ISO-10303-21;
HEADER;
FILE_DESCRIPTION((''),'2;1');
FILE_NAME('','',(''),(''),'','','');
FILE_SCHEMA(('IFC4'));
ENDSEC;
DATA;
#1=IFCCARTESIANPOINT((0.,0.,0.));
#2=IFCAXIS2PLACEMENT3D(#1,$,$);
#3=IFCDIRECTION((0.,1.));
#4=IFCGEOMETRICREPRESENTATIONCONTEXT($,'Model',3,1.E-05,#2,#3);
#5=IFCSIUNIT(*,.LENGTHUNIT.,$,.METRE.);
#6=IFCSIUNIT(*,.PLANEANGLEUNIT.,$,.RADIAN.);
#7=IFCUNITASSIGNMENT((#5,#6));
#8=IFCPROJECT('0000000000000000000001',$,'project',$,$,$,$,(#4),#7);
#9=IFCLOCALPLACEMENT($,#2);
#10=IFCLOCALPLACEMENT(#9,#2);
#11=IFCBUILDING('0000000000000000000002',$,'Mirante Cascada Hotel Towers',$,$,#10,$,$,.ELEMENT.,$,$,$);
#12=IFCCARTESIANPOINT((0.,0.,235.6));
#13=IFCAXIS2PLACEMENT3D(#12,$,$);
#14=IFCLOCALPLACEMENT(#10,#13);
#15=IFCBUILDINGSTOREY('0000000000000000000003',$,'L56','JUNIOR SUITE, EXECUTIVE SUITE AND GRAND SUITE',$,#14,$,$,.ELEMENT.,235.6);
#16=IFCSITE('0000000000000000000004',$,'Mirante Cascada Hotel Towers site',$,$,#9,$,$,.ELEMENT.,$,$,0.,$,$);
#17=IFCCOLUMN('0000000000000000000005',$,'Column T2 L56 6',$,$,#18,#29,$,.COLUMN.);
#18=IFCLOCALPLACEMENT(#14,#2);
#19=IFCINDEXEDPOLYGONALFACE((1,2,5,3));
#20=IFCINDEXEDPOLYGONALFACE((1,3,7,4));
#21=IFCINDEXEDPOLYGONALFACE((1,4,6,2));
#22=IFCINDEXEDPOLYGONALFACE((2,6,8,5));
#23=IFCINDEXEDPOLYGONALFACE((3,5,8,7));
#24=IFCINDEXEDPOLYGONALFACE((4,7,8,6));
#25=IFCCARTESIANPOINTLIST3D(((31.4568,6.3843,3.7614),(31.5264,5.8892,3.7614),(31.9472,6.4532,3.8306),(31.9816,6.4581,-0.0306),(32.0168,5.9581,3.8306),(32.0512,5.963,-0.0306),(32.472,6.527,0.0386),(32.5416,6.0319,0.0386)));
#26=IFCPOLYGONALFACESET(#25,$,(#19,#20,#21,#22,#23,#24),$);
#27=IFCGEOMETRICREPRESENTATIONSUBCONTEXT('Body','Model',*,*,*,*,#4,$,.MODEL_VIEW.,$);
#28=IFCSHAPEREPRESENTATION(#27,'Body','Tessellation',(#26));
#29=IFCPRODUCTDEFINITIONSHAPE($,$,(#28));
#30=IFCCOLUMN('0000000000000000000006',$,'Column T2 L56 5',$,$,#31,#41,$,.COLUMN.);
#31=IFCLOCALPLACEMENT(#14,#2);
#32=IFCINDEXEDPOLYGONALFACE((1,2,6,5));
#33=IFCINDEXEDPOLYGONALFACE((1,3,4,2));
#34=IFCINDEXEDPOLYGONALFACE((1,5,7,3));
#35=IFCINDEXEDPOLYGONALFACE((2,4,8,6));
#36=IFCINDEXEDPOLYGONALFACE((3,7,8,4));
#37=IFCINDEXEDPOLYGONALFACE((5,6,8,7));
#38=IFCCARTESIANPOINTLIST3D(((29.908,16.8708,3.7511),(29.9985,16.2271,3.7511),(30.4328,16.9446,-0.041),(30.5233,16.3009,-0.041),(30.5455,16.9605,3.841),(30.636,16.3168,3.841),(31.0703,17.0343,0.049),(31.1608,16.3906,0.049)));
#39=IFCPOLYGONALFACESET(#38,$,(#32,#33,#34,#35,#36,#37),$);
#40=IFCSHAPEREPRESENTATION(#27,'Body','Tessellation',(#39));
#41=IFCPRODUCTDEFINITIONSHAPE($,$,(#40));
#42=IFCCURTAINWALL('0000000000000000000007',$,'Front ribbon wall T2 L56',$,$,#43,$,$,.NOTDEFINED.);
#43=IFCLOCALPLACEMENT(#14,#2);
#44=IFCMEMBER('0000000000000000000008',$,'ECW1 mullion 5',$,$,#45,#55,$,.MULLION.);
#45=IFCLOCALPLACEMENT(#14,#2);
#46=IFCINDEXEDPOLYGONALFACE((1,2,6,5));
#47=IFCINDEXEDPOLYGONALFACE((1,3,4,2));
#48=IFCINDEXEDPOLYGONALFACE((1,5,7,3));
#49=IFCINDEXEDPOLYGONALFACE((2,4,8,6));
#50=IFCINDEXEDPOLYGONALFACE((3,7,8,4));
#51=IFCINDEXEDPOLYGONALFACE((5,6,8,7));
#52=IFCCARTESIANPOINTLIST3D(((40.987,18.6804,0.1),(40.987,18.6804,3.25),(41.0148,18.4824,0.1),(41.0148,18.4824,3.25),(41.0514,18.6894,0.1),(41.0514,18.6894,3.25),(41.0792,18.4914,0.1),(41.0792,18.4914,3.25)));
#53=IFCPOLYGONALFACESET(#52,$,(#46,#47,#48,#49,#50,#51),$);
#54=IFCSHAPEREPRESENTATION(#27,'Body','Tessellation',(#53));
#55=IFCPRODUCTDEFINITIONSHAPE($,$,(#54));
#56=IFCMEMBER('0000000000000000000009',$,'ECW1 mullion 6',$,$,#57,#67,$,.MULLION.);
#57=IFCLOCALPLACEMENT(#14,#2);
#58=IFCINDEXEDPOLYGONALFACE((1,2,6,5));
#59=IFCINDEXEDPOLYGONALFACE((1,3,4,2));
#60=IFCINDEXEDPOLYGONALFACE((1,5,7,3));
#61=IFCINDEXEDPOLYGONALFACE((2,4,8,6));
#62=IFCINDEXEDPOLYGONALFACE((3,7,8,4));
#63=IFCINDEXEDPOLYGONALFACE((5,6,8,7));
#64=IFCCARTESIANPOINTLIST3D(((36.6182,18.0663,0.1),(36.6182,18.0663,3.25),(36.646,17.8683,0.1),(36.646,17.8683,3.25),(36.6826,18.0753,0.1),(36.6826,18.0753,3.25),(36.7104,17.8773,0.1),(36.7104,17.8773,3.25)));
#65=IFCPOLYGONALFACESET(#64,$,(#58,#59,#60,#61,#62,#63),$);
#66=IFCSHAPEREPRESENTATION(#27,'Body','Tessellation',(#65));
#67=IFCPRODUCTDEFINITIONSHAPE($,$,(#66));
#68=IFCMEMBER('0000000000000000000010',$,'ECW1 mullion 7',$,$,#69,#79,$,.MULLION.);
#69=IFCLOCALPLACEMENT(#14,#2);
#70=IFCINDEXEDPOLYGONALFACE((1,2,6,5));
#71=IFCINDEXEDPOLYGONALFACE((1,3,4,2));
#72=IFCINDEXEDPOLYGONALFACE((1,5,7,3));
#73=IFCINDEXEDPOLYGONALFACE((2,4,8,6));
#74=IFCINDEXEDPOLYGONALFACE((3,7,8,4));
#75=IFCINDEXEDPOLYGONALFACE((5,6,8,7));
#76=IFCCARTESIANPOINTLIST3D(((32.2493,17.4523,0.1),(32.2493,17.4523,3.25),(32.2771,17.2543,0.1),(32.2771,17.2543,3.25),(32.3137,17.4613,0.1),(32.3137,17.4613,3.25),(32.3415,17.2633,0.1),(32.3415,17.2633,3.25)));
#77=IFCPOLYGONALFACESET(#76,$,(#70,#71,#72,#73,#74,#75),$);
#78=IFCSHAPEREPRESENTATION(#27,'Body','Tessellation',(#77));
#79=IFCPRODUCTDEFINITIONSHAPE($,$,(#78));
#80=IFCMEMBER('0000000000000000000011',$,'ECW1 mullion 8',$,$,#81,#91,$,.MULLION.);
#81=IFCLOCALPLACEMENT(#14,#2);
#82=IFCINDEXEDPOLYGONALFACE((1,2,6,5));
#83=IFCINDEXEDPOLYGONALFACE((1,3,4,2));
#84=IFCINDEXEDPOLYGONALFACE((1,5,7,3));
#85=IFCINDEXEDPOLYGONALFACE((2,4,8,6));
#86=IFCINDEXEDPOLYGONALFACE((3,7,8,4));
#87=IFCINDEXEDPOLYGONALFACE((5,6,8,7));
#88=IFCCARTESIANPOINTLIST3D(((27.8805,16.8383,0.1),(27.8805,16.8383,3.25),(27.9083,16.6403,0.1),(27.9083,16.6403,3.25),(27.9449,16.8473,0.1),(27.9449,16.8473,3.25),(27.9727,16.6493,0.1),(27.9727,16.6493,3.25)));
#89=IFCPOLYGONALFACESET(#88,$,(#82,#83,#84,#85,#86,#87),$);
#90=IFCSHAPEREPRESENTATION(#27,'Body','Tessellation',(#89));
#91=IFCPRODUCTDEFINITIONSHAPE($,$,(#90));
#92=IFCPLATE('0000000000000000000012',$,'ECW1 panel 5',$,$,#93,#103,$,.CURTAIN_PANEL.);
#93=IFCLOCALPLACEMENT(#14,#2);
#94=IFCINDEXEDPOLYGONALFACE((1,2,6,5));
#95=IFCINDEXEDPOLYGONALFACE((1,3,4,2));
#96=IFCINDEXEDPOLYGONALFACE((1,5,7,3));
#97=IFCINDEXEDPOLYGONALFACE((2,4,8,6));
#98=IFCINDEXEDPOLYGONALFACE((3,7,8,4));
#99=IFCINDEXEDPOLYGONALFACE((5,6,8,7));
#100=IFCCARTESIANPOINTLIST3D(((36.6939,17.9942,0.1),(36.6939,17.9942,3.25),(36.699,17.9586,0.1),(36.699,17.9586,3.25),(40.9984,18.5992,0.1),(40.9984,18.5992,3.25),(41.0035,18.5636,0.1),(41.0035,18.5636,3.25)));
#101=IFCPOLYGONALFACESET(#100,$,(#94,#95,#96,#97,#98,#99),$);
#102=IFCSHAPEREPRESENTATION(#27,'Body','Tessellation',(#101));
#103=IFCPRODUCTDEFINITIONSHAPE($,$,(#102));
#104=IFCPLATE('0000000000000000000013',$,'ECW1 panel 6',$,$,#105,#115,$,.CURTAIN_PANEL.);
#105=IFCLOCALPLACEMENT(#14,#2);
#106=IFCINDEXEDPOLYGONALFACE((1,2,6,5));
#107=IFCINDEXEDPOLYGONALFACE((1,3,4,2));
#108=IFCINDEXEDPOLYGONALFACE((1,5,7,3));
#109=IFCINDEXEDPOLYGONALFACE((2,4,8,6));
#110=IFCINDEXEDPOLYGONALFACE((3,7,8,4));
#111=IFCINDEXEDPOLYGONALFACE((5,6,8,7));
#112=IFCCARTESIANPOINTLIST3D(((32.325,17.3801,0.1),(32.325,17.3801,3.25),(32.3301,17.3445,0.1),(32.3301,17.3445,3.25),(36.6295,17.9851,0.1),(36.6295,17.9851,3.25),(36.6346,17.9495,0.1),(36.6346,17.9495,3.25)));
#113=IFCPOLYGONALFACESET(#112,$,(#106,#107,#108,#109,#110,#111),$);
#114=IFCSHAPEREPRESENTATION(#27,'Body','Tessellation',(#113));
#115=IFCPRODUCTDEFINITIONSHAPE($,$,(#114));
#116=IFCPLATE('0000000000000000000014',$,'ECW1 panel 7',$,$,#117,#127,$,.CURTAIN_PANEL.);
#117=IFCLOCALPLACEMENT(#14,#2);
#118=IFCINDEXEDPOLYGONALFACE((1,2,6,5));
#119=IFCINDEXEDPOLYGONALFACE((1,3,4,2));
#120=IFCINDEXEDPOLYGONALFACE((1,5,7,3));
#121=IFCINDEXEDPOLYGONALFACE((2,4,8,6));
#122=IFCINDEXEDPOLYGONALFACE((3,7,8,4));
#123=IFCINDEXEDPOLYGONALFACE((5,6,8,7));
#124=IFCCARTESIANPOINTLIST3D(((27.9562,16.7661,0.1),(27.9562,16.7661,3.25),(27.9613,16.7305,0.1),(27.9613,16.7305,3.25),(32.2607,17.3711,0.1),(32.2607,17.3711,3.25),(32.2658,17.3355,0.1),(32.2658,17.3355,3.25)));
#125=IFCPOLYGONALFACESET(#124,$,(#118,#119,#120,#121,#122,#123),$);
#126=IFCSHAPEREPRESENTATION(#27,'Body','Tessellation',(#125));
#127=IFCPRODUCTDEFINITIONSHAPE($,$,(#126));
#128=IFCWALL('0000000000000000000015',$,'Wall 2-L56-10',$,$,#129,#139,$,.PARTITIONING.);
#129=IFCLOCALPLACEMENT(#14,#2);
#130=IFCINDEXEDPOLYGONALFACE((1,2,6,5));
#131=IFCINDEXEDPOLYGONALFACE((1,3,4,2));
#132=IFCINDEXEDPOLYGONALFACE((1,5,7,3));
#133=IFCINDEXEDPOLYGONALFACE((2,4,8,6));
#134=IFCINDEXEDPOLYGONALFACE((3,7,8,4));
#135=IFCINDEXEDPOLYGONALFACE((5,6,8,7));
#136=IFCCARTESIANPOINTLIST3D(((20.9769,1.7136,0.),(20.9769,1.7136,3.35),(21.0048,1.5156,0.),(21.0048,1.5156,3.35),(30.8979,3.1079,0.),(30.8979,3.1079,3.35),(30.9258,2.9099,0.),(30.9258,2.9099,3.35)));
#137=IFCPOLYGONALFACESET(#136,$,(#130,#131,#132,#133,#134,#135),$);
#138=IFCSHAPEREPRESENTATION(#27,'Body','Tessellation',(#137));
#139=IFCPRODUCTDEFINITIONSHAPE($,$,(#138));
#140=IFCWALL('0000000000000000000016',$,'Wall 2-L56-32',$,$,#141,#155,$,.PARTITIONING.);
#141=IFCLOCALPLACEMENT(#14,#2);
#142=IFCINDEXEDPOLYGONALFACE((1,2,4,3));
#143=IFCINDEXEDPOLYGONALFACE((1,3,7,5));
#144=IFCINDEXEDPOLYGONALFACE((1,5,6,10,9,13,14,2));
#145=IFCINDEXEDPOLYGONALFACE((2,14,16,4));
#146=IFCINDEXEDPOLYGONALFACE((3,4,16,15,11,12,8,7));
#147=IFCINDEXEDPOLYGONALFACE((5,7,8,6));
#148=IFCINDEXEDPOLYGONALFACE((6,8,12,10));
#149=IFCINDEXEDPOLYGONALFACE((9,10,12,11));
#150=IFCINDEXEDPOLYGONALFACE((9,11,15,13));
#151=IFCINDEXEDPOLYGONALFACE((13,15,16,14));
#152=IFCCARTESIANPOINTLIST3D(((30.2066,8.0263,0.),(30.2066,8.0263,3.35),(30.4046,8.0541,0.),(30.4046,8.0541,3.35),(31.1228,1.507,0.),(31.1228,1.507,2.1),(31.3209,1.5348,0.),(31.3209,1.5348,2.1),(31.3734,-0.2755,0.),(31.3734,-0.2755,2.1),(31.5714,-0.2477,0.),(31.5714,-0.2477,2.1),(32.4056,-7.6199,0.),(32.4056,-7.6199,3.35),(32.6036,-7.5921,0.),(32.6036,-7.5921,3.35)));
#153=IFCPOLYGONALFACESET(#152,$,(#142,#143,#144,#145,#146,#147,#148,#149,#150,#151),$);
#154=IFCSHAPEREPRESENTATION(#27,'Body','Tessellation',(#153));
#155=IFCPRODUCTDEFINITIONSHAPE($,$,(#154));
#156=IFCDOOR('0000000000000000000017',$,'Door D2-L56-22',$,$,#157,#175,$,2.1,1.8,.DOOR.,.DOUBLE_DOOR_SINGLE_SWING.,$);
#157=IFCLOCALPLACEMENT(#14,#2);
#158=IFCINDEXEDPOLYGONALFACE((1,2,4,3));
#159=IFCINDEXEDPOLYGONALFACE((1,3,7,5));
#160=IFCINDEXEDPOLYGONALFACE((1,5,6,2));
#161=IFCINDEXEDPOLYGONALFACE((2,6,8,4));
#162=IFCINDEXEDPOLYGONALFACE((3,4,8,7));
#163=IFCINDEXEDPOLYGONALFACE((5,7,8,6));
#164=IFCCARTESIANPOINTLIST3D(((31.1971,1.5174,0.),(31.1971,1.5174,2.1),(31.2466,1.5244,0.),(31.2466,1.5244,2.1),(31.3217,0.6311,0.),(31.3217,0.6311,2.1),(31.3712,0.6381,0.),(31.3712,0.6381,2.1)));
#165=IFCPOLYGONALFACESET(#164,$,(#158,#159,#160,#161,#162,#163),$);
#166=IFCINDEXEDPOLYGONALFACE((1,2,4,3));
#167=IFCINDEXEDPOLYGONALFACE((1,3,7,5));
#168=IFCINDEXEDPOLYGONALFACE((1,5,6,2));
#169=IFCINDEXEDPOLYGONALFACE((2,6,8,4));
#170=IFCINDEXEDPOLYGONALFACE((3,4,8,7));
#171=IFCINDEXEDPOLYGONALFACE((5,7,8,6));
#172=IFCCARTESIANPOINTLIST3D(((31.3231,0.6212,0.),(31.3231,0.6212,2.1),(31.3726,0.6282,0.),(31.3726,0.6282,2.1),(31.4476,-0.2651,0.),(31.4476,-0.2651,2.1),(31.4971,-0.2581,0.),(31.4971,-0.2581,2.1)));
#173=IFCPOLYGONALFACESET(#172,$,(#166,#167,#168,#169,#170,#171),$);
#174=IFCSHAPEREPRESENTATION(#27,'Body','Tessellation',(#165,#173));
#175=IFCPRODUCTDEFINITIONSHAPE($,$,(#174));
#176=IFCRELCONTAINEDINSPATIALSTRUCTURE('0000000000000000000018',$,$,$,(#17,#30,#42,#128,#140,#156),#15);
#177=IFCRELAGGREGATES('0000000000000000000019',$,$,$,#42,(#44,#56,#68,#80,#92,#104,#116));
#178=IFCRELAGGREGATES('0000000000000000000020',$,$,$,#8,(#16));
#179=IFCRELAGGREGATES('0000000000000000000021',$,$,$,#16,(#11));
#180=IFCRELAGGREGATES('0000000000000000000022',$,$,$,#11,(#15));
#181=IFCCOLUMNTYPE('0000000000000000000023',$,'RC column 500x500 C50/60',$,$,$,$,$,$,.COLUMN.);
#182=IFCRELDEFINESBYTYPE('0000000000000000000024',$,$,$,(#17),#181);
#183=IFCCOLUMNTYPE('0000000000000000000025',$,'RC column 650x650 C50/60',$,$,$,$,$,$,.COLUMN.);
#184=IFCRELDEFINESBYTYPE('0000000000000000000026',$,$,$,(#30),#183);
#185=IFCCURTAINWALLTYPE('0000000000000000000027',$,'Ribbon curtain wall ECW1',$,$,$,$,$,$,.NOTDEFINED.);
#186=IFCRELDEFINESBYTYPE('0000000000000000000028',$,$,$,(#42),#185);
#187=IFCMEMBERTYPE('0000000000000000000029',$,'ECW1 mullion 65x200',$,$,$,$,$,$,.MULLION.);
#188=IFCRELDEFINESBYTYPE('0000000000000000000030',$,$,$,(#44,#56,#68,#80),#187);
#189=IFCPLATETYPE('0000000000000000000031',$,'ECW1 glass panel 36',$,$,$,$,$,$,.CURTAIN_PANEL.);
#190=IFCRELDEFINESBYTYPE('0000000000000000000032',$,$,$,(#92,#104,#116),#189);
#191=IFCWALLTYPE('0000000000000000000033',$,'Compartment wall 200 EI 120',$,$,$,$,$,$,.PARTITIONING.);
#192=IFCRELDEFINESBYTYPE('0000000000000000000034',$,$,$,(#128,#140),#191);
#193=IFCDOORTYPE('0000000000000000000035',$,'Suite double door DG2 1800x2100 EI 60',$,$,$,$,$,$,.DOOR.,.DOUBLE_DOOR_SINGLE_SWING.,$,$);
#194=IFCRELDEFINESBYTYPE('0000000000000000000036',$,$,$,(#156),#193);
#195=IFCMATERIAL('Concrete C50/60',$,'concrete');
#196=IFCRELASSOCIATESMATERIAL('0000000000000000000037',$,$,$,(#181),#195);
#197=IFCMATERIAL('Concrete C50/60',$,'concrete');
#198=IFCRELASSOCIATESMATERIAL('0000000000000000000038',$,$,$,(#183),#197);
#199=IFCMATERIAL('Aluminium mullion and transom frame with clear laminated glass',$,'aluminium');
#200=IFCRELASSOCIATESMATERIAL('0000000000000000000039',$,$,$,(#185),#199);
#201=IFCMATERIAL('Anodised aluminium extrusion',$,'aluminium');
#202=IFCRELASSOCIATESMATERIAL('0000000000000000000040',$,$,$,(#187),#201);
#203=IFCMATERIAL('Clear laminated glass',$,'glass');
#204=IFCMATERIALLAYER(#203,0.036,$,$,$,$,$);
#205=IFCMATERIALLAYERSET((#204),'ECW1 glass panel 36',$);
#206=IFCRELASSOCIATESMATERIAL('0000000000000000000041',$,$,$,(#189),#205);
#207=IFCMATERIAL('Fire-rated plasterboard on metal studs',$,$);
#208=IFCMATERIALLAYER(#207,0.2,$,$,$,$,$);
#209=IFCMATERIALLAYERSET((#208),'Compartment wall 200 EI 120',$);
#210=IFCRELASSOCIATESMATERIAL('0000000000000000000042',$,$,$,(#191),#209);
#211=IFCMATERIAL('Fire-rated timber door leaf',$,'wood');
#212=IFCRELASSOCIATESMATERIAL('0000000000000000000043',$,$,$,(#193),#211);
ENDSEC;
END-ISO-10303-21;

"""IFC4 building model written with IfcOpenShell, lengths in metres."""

from ifc_helpers import new_model, si_unit, direction, frame, frame_2d, origin, origin_2d, place, context, subcontext, project, spatial, rectangle, extrude, material, layer, layer_set, material_profile, profile_set, type_object, element, fill, aggregate, save


model = new_model("IFC4")

# Units and contexts
model_context = context("Model", 3, precision=1e-05, world=origin(), true_north=direction((0.0, 1.0)))
body_context = subcontext(model_context, "Body", "Model", "MODEL_VIEW")
ifc_project = project(units=[si_unit("LENGTHUNIT", "METRE"), si_unit("PLANEANGLEUNIT", "RADIAN")], contexts=[model_context])

# Site, building, storey
site_placement = place(None, origin())
site = spatial("IfcSite", under=ifc_project, at=site_placement, Name="Mirante Cascada Hotel Towers site", CompositionType="ELEMENT", RefElevation=0.0)
building_placement = place(site_placement, origin())
building = spatial("IfcBuilding", under=site, at=building_placement, Name="Mirante Cascada Hotel Towers", CompositionType="ELEMENT")
storey_placement = place(building_placement, frame((0.0, 0.0, 235.6)))
storey = spatial("IfcBuildingStorey", under=building, at=storey_placement, Name="L56", Description="JUNIOR SUITE, EXECUTIVE SUITE AND GRAND SUITE", CompositionType="ELEMENT", Elevation=235.6)

# Columns
ifc_material_1 = material(Name="Concrete C50/60", Category="concrete")
ifc_material_profile_1 = material_profile(ifc_material_1, rectangle(XDim=0.5, YDim=0.5, at=origin_2d()), Name="RC column 500x500 C50/60")
ifc_profile_set_1 = profile_set([ifc_material_profile_1], Name="Concrete C50/60")
column_type_1 = type_object("IfcColumnType", Name="RC column 500x500 C50/60", PredefinedType="COLUMN", material=ifc_profile_set_1)
column_1_placement = place(storey_placement, frame((32.2616, 6.245, 0.004), z_axis=(-0.137065, -0.019275, 0.990375), x_axis=(0.139255, -0.990257, 0.0)))
element("IfcColumn", 1, at=column_1_placement, inside=storey, type_object=column_type_1, Name="Column T2 L56 6", PredefinedType="COLUMN", context=body_context, shape_type="SweptSolid", body=[
    extrude(rectangle(XDim=0.5, YDim=0.5, at=origin_2d()), origin(), (0.0, 0.0, 1.0), 3.8289),
])
ifc_material_2 = material(Name="Concrete C50/60", Category="concrete")
ifc_material_profile_2 = material_profile(ifc_material_2, rectangle(XDim=0.65, YDim=0.65, at=origin_2d()), Name="RC column 650x650 C50/60")
ifc_profile_set_2 = profile_set([ifc_material_profile_2], Name="Concrete C50/60")
column_type_2 = type_object("IfcColumnType", Name="RC column 650x650 C50/60", PredefinedType="COLUMN", material=ifc_profile_set_2)
column_2_placement = place(storey_placement, frame((30.7968, 16.6676, 0.004), z_axis=(-0.137065, -0.019275, 0.990375), x_axis=(0.139255, -0.990257, 0.0)))
element("IfcColumn", 2, at=column_2_placement, inside=storey, type_object=column_type_2, Name="Column T2 L56 5", PredefinedType="COLUMN", context=body_context, shape_type="SweptSolid", body=[
    extrude(rectangle(XDim=0.65, YDim=0.65, at=origin_2d()), origin(), (0.0, 0.0, 1.0), 3.8289),
])

# Curtain wall, members, plates
ifc_material_3 = material(Name="Aluminium mullion and transom frame with clear laminated glass", Category="aluminium")
curtain_wall_type = type_object("IfcCurtainWallType", Name="Ribbon curtain wall ECW1", PredefinedType="NOTDEFINED", material=ifc_material_3)
curtain_wall_placement = place(storey_placement, origin())
curtain_wall = element("IfcCurtainWall", 3, at=curtain_wall_placement, inside=storey, type_object=curtain_wall_type, Name="Front ribbon wall T2 L56", PredefinedType="NOTDEFINED")
ifc_material_4 = material(Name="Anodised aluminium extrusion", Category="aluminium")
ifc_material_profile_3 = material_profile(ifc_material_4, rectangle(XDim=0.2, YDim=0.065, at=origin_2d()), Name="ECW1 MULLION 65x200")
ifc_profile_set_3 = profile_set([ifc_material_profile_3], Name="Anodised aluminium extrusion")
member_type = type_object("IfcMemberType", Name="ECW1 mullion 65x200", PredefinedType="MULLION", material=ifc_profile_set_3)
member_1_placement = place(storey_placement, frame((41.0331, 18.5859, 0.1), z_axis=(0.0, 0.0, 1.0), x_axis=(0.139173, -0.990268, 0.0)))
member_1 = element("IfcMember", 4, at=member_1_placement, type_object=member_type, Name="ECW1 mullion 5", PredefinedType="MULLION", context=body_context, shape_type="SweptSolid", body=[
    extrude(rectangle(XDim=0.2, YDim=0.065, at=origin_2d()), origin(), (0.0, 0.0, 1.0), 3.15),
])
member_2_placement = place(storey_placement, frame((36.6643, 17.9718, 0.1), z_axis=(0.0, 0.0, 1.0), x_axis=(0.139173, -0.990268, 0.0)))
member_2 = element("IfcMember", 5, at=member_2_placement, type_object=member_type, Name="ECW1 mullion 6", PredefinedType="MULLION", context=body_context, shape_type="SweptSolid", body=[
    extrude(rectangle(XDim=0.2, YDim=0.065, at=origin_2d()), origin(), (0.0, 0.0, 1.0), 3.15),
])
member_3_placement = place(storey_placement, frame((32.2954, 17.3578, 0.1), z_axis=(0.0, 0.0, 1.0), x_axis=(0.139173, -0.990268, 0.0)))
member_3 = element("IfcMember", 6, at=member_3_placement, type_object=member_type, Name="ECW1 mullion 7", PredefinedType="MULLION", context=body_context, shape_type="SweptSolid", body=[
    extrude(rectangle(XDim=0.2, YDim=0.065, at=origin_2d()), origin(), (0.0, 0.0, 1.0), 3.15),
])
member_4_placement = place(storey_placement, frame((27.9266, 16.7438, 0.1), z_axis=(0.0, 0.0, 1.0), x_axis=(0.139173, -0.990268, 0.0)))
member_4 = element("IfcMember", 7, at=member_4_placement, type_object=member_type, Name="ECW1 mullion 8", PredefinedType="MULLION", context=body_context, shape_type="SweptSolid", body=[
    extrude(rectangle(XDim=0.2, YDim=0.065, at=origin_2d()), origin(), (0.0, 0.0, 1.0), 3.15),
])
ifc_material_5 = material(Name="Clear laminated glass", Category="glass")
ifc_layer_1 = layer(ifc_material_5, 0.036)
ifc_layer_set_1 = layer_set([ifc_layer_1], Name="ECW1 glass panel 36")
plate_type = type_object("IfcPlateType", Name="ECW1 glass panel 36", PredefinedType="CURTAIN_PANEL", material=ifc_layer_set_1)
plate_1_placement = place(storey_placement, frame((38.8487, 18.2789, 0.1), z_axis=(0.0, 0.0, 1.0), x_axis=(-0.990268, -0.139173, 0.0)))
plate_1 = element("IfcPlate", 8, at=plate_1_placement, type_object=plate_type, Name="ECW1 panel 5", PredefinedType="CURTAIN_PANEL", context=body_context, shape_type="SweptSolid", body=[
    extrude(rectangle(XDim=4.3468, YDim=0.036, at=origin_2d()), origin(), (0.0, 0.0, 1.0), 3.15),
])
plate_2_placement = place(storey_placement, frame((34.4798, 17.6648, 0.1), z_axis=(0.0, 0.0, 1.0), x_axis=(-0.990268, -0.139173, 0.0)))
plate_2 = element("IfcPlate", 9, at=plate_2_placement, type_object=plate_type, Name="ECW1 panel 6", PredefinedType="CURTAIN_PANEL", context=body_context, shape_type="SweptSolid", body=[
    extrude(rectangle(XDim=4.3468, YDim=0.036, at=origin_2d()), origin(), (0.0, 0.0, 1.0), 3.15),
])
plate_3_placement = place(storey_placement, frame((30.111, 17.0508, 0.1), z_axis=(0.0, 0.0, 1.0), x_axis=(-0.990268, -0.139173, 0.0)))
plate_3 = element("IfcPlate", 10, at=plate_3_placement, type_object=plate_type, Name="ECW1 panel 7", PredefinedType="CURTAIN_PANEL", context=body_context, shape_type="SweptSolid", body=[
    extrude(rectangle(XDim=4.3468, YDim=0.036, at=origin_2d()), origin(), (0.0, 0.0, 1.0), 3.15),
])
aggregate(curtain_wall, [member_1, member_2, member_3, member_4, plate_1, plate_2, plate_3])

# Wall
ifc_material_6 = material(Name="Fire-rated plasterboard on metal studs")
ifc_layer_2 = layer(ifc_material_6, 0.2)
ifc_layer_set_2 = layer_set([ifc_layer_2], Name="Compartment wall 200 EI 120")
wall_type_1 = type_object("IfcWallType", Name="Compartment wall 200 EI 120", PredefinedType="PARTITIONING", material=ifc_layer_set_2)
wall_1_placement = place(storey_placement, frame((30.9118, 3.0089, 0.0), z_axis=(0.0, 0.0, 1.0), x_axis=(-0.990268, -0.139173, 0.0)))
element("IfcWall", 11, at=wall_1_placement, inside=storey, type_object=wall_type_1, Name="Wall 2-L56-10", PredefinedType="PARTITIONING", context=body_context, shape_type="SweptSolid", body=[
    extrude(rectangle(XDim=10.0185, YDim=0.2, at=frame_2d((5.0092, 0.0))), origin(), (0.0, 0.0, 1.0), 3.35),
])

# Wall, opening, door
wall_2_placement = place(storey_placement, frame((30.3056, 8.0402, 0.0), z_axis=(0.0, 0.0, 1.0), x_axis=(0.139177, -0.990267, 0.0)))
wall_2 = element("IfcWall", 12, at=wall_2_placement, inside=storey, type_object=wall_type_1, Name="Wall 2-L56-32", PredefinedType="PARTITIONING", context=body_context, shape_type="SweptSolid", body=[
    extrude(rectangle(XDim=15.8, YDim=0.2, at=frame_2d((7.9, 0.0))), origin(), (0.0, 0.0, 1.0), 3.35),
])
opening_1_placement = place(wall_2_placement, frame((6.5834, 0.0, 0.0)))
opening_1 = element("IfcOpeningElement", 13, at=opening_1_placement, cuts=wall_2, PredefinedType="OPENING", context=body_context, shape_type="SweptSolid", body=[
    extrude(rectangle(XDim=1.8, YDim=2.1, at=frame_2d((0.9, 1.05))), frame((0.0, 0.1, 0.0), z_axis=(0.0, -1.0, 0.0), x_axis=(1.0, 0.0, 0.0)), (0.0, 0.0, 1.0), 0.2),
])
ifc_material_7 = material(Name="Fire-rated timber door leaf", Category="wood")
door_type_1 = type_object("IfcDoorType", Name="Suite double door DG2 1800x2100 EI 60", OperationType="DOUBLE_DOOR_SINGLE_SWING", PredefinedType="DOOR", material=ifc_material_7)
door_1_placement = place(opening_1_placement, origin())
door_1 = element("IfcDoor", 14, at=door_1_placement, inside=storey, type_object=door_type_1, Name="Door D2-L56-22", OperationType="DOUBLE_DOOR_SINGLE_SWING", OverallHeight=2.1, OverallWidth=1.8, PredefinedType="DOOR", context=body_context, shape_type="SweptSolid", body=[
    extrude(rectangle(XDim=0.895, YDim=2.1, at=frame_2d((0.4475, 1.05))), frame((0.0, 0.025, 0.0), z_axis=(0.0, -1.0, 0.0), x_axis=(1.0, 0.0, 0.0)), (0.0, 0.0, 1.0), 0.05),
    extrude(rectangle(XDim=0.895, YDim=2.1, at=frame_2d((1.3525, 1.05))), frame((0.0, 0.025, 0.0), z_axis=(0.0, -1.0, 0.0), x_axis=(1.0, 0.0, 0.0)), (0.0, 0.0, 1.0), 0.05),
])
fill(opening_1, door_1)

save(model, "model.ifc")
